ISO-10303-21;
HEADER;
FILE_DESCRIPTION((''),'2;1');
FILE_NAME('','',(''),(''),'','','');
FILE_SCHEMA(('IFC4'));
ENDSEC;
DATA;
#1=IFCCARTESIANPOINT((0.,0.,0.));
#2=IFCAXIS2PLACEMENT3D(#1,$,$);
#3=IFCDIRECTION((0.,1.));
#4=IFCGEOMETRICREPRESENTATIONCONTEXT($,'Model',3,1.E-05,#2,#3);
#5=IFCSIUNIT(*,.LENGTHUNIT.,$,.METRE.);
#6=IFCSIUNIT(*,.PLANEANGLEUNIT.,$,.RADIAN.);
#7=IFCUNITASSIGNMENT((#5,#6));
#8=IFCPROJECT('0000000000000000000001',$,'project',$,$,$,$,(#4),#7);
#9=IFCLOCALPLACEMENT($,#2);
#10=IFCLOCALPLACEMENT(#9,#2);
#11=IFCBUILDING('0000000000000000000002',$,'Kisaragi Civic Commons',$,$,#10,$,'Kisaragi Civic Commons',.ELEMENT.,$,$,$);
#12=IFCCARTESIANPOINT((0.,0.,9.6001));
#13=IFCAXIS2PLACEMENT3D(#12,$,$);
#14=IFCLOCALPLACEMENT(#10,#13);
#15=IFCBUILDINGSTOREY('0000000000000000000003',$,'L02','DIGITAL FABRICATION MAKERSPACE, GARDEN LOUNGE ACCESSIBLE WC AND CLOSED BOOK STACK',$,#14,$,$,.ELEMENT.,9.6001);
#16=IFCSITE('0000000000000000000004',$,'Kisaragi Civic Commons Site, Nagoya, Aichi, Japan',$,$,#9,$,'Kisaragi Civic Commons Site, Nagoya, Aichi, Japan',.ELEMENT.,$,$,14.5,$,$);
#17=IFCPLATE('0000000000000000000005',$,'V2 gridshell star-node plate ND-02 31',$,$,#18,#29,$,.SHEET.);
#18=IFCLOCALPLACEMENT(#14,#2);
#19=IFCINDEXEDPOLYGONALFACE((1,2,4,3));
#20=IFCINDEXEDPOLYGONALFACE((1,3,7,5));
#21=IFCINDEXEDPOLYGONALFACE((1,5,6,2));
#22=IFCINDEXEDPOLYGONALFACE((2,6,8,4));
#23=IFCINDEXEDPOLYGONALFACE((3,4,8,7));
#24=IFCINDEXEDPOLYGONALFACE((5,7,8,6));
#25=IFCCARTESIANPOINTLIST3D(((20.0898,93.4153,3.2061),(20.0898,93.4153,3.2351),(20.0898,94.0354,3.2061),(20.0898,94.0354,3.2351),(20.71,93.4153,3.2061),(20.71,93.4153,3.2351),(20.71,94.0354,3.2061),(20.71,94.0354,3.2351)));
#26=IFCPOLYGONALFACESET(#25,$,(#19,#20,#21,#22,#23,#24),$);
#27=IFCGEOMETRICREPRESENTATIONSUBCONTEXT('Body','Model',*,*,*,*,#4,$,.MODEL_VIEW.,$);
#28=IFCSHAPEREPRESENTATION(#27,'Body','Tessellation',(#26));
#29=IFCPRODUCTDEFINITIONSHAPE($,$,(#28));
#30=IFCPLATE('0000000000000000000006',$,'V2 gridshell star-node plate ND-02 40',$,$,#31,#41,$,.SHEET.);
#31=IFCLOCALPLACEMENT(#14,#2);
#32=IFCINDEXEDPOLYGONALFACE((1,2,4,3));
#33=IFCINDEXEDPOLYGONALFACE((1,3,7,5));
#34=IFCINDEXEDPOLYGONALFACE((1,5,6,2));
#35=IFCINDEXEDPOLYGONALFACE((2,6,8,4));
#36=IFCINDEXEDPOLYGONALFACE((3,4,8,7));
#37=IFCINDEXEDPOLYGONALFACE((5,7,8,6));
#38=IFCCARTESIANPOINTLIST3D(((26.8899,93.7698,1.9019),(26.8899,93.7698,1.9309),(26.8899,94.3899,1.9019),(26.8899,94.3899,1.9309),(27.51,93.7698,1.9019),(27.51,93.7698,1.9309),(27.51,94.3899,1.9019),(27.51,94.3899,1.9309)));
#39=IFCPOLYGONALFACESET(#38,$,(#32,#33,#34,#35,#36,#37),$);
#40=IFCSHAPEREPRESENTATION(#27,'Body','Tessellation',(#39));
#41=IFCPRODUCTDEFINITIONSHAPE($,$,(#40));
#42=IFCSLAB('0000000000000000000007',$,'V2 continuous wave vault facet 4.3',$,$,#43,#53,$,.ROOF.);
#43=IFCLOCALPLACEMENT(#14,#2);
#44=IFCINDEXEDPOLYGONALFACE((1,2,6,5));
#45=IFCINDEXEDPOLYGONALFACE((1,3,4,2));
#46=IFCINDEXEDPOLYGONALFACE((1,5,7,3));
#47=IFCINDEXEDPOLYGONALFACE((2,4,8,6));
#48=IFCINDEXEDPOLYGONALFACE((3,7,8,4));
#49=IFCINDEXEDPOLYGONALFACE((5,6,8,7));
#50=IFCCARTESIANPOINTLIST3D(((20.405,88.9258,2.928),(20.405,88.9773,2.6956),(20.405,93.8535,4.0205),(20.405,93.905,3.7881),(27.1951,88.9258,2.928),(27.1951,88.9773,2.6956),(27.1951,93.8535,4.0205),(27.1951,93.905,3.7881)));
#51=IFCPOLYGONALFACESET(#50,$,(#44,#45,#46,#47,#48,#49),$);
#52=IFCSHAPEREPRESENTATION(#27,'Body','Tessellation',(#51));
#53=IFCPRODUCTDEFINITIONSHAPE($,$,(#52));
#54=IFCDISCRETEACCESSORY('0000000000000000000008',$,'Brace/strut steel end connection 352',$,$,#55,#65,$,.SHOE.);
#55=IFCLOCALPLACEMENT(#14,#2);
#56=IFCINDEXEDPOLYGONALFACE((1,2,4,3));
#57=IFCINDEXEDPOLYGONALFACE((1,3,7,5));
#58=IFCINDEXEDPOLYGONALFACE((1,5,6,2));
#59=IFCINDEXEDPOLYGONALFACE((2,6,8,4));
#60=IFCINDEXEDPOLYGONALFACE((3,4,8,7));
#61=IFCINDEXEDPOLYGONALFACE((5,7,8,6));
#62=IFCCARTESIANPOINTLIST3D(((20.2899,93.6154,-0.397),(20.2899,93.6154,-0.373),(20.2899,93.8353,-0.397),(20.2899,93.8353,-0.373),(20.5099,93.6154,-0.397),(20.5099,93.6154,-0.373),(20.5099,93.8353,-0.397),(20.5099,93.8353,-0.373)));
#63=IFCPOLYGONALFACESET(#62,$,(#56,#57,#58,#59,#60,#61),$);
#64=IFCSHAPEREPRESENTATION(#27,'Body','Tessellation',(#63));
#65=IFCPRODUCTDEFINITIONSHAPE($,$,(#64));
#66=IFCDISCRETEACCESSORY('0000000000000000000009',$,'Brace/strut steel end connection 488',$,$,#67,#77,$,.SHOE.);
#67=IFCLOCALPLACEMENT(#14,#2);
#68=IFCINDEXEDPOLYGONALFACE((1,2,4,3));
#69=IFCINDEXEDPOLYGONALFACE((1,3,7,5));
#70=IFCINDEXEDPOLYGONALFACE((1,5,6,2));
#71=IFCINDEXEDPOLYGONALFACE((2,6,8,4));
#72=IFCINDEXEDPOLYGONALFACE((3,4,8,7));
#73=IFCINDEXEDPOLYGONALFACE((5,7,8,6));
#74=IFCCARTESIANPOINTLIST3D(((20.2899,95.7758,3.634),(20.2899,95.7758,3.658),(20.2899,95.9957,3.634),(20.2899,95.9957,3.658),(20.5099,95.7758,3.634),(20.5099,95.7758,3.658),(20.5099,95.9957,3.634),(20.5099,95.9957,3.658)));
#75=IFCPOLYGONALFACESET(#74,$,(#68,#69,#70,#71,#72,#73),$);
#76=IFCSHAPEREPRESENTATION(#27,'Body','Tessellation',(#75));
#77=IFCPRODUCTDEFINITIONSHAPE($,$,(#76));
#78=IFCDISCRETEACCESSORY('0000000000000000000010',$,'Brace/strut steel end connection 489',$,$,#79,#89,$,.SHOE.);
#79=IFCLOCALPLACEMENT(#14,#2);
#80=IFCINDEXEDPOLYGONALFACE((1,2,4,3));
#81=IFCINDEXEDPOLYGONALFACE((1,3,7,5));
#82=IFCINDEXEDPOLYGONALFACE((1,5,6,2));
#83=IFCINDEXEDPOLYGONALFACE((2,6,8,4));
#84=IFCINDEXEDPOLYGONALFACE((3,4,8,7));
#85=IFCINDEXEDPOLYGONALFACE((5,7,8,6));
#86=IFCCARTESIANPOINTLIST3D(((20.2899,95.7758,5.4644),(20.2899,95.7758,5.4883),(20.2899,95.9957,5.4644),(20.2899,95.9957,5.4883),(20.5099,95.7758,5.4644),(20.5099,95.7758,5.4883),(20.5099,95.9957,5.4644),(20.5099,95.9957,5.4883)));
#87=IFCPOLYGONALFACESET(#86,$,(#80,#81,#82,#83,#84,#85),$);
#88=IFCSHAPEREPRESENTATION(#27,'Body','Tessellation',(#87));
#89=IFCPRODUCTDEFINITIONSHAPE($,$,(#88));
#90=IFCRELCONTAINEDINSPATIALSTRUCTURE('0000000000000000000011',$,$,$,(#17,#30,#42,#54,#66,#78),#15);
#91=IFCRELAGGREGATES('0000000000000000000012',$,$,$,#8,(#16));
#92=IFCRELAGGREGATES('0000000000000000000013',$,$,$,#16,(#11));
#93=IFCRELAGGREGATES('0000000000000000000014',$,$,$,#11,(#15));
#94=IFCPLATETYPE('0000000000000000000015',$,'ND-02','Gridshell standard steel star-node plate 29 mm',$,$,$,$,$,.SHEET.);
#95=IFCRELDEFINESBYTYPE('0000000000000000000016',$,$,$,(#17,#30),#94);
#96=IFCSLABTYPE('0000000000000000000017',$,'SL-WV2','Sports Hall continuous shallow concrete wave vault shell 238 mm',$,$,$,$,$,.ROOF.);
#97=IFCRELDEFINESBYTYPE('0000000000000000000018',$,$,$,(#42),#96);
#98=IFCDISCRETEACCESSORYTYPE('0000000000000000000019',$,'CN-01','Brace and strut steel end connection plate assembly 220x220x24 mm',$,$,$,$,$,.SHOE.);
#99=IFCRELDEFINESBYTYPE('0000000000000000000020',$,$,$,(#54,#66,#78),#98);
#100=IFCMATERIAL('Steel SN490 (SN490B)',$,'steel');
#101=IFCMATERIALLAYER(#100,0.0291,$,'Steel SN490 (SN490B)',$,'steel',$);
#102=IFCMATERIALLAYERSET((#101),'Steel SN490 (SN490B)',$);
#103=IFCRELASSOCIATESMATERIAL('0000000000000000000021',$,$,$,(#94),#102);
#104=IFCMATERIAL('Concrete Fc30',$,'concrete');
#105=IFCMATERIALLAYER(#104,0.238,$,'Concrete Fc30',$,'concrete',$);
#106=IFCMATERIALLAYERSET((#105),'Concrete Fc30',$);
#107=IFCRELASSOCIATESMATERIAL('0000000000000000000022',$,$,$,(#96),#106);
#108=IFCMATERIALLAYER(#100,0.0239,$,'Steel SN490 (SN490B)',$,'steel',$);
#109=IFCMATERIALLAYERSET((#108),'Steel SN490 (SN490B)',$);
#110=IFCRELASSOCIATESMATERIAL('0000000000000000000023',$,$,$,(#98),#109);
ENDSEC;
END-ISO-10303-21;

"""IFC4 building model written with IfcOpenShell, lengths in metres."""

from ifc_helpers import new_model, si_unit, direction, frame, origin, origin_2d, place, context, subcontext, project, spatial, polyline, rectangle, outline, extrude, material, layer, layer_set, type_object, element, save


model = new_model("IFC4")

# Units and contexts
model_context = context("Model", 3, precision=1e-05, world=origin(), true_north=direction((0.0, 1.0)))
body_context = subcontext(model_context, "Body", "Model", "MODEL_VIEW")
ifc_project = project(units=[si_unit("LENGTHUNIT", "METRE"), si_unit("PLANEANGLEUNIT", "RADIAN")], contexts=[model_context])

# Site, building, storey
site_placement = place(None, origin())
site = spatial("IfcSite", under=ifc_project, at=site_placement, Name="Kisaragi Civic Commons Site, Nagoya, Aichi, Japan", LongName="Kisaragi Civic Commons Site, Nagoya, Aichi, Japan", CompositionType="ELEMENT", RefElevation=14.5)
building_placement = place(site_placement, origin())
building = spatial("IfcBuilding", under=site, at=building_placement, Name="Kisaragi Civic Commons", LongName="Kisaragi Civic Commons", CompositionType="ELEMENT")
storey_placement = place(building_placement, frame((0.0, 0.0, 9.6001)))
storey = spatial("IfcBuildingStorey", under=building, at=storey_placement, Name="L02", Description="DIGITAL FABRICATION MAKERSPACE, GARDEN LOUNGE ACCESSIBLE WC AND CLOSED BOOK STACK", CompositionType="ELEMENT", Elevation=9.6001)

# Shared definitions
ifc_material_1 = material(Name="Steel SN490 (SN490B)", Category="steel")

# Plates
ifc_layer_1 = layer(ifc_material_1, 0.0291, Name="Steel SN490 (SN490B)", Category="steel")
ifc_layer_set_1 = layer_set([ifc_layer_1], Name="Steel SN490 (SN490B)")
plate_type_1 = type_object("IfcPlateType", Name="ND-02", Description="Gridshell standard steel star-node plate 29 mm", PredefinedType="SHEET", material=ifc_layer_set_1)
for number, where, z_axis, x_axis, name in (
    (1, (20.3999, 93.7253, 3.2061), (0.0, 0.0, 1.0), (1.0, 0.0, 0.0), "V2 gridshell star-node plate ND-02 31"),
    (2, (27.2, 94.0798, 1.9019), (0.0, 0.0, 1.0), (1.0, 0.0, 0.0), "V2 gridshell star-node plate ND-02 40"),
):
    element("IfcPlate", number, at=place(storey_placement, frame(where, z_axis=z_axis, x_axis=x_axis)), inside=storey, type_object=plate_type_1, Name=name, PredefinedType="SHEET", context=body_context, shape_type="SweptSolid", body=[
        extrude(rectangle(XDim=0.6201, YDim=0.6201, at=origin_2d()), origin(), (0.0, 0.0, 1.0), 0.0291),
    ])

# Slab
ifc_material_2 = material(Name="Concrete Fc30", Category="concrete")
ifc_layer_2 = layer(ifc_material_2, 0.238, Name="Concrete Fc30", Category="concrete")
ifc_layer_set_2 = layer_set([ifc_layer_2], Name="Concrete Fc30")
slab_type = type_object("IfcSlabType", Name="SL-WV2", Description="Sports Hall continuous shallow concrete wave vault shell 238 mm", PredefinedType="ROOF", material=ifc_layer_set_2)
slab_placement = place(storey_placement, frame((27.1951, 93.8535, 4.0205), z_axis=(0.0, -0.216454, 0.976293), x_axis=(-1.0, 0.0, 0.0)))
element("IfcSlab", 3, at=slab_placement, inside=storey, type_object=slab_type, Name="V2 continuous wave vault facet 4.3", PredefinedType="ROOF", context=body_context, shape_type="SweptSolid", body=[
    extrude(outline(polyline([(0.0, 0.0), (6.79, 0.0), (6.79, 5.0474), (0.0, 5.0474), (0.0, 0.0)])), origin(), (0.0, 0.0, -1.0), 0.238),
])

# Discrete accessories
ifc_layer_3 = layer(ifc_material_1, 0.0239, Name="Steel SN490 (SN490B)", Category="steel")
ifc_layer_set_3 = layer_set([ifc_layer_3], Name="Steel SN490 (SN490B)")
discrete_accessory_type = type_object("IfcDiscreteAccessoryType", Name="CN-01", Description="Brace and strut steel end connection plate assembly 220x220x24 mm", PredefinedType="SHOE", material=ifc_layer_set_3)
for number, where, z_axis, x_axis, name in (
    (4, (20.3999, 93.7253, -0.397), (0.0, 0.0, 1.0), (1.0, 0.0, 0.0), "Brace/strut steel end connection 352"),
    (5, (20.3999, 95.8857, 3.634), (0.0, 0.0, 1.0), (1.0, 0.0, 0.0), "Brace/strut steel end connection 488"),
    (6, (20.3999, 95.8857, 5.4644), (0.0, 0.0, 1.0), (1.0, 0.0, 0.0), "Brace/strut steel end connection 489"),
):
    element("IfcDiscreteAccessory", number, at=place(storey_placement, frame(where, z_axis=z_axis, x_axis=x_axis)), inside=storey, type_object=discrete_accessory_type, Name=name, PredefinedType="SHOE", context=body_context, shape_type="SweptSolid", body=[
        extrude(rectangle(XDim=0.22, YDim=0.22, at=origin_2d()), origin(), (0.0, 0.0, 1.0), 0.0239),
    ])

save(model, "model.ifc")
